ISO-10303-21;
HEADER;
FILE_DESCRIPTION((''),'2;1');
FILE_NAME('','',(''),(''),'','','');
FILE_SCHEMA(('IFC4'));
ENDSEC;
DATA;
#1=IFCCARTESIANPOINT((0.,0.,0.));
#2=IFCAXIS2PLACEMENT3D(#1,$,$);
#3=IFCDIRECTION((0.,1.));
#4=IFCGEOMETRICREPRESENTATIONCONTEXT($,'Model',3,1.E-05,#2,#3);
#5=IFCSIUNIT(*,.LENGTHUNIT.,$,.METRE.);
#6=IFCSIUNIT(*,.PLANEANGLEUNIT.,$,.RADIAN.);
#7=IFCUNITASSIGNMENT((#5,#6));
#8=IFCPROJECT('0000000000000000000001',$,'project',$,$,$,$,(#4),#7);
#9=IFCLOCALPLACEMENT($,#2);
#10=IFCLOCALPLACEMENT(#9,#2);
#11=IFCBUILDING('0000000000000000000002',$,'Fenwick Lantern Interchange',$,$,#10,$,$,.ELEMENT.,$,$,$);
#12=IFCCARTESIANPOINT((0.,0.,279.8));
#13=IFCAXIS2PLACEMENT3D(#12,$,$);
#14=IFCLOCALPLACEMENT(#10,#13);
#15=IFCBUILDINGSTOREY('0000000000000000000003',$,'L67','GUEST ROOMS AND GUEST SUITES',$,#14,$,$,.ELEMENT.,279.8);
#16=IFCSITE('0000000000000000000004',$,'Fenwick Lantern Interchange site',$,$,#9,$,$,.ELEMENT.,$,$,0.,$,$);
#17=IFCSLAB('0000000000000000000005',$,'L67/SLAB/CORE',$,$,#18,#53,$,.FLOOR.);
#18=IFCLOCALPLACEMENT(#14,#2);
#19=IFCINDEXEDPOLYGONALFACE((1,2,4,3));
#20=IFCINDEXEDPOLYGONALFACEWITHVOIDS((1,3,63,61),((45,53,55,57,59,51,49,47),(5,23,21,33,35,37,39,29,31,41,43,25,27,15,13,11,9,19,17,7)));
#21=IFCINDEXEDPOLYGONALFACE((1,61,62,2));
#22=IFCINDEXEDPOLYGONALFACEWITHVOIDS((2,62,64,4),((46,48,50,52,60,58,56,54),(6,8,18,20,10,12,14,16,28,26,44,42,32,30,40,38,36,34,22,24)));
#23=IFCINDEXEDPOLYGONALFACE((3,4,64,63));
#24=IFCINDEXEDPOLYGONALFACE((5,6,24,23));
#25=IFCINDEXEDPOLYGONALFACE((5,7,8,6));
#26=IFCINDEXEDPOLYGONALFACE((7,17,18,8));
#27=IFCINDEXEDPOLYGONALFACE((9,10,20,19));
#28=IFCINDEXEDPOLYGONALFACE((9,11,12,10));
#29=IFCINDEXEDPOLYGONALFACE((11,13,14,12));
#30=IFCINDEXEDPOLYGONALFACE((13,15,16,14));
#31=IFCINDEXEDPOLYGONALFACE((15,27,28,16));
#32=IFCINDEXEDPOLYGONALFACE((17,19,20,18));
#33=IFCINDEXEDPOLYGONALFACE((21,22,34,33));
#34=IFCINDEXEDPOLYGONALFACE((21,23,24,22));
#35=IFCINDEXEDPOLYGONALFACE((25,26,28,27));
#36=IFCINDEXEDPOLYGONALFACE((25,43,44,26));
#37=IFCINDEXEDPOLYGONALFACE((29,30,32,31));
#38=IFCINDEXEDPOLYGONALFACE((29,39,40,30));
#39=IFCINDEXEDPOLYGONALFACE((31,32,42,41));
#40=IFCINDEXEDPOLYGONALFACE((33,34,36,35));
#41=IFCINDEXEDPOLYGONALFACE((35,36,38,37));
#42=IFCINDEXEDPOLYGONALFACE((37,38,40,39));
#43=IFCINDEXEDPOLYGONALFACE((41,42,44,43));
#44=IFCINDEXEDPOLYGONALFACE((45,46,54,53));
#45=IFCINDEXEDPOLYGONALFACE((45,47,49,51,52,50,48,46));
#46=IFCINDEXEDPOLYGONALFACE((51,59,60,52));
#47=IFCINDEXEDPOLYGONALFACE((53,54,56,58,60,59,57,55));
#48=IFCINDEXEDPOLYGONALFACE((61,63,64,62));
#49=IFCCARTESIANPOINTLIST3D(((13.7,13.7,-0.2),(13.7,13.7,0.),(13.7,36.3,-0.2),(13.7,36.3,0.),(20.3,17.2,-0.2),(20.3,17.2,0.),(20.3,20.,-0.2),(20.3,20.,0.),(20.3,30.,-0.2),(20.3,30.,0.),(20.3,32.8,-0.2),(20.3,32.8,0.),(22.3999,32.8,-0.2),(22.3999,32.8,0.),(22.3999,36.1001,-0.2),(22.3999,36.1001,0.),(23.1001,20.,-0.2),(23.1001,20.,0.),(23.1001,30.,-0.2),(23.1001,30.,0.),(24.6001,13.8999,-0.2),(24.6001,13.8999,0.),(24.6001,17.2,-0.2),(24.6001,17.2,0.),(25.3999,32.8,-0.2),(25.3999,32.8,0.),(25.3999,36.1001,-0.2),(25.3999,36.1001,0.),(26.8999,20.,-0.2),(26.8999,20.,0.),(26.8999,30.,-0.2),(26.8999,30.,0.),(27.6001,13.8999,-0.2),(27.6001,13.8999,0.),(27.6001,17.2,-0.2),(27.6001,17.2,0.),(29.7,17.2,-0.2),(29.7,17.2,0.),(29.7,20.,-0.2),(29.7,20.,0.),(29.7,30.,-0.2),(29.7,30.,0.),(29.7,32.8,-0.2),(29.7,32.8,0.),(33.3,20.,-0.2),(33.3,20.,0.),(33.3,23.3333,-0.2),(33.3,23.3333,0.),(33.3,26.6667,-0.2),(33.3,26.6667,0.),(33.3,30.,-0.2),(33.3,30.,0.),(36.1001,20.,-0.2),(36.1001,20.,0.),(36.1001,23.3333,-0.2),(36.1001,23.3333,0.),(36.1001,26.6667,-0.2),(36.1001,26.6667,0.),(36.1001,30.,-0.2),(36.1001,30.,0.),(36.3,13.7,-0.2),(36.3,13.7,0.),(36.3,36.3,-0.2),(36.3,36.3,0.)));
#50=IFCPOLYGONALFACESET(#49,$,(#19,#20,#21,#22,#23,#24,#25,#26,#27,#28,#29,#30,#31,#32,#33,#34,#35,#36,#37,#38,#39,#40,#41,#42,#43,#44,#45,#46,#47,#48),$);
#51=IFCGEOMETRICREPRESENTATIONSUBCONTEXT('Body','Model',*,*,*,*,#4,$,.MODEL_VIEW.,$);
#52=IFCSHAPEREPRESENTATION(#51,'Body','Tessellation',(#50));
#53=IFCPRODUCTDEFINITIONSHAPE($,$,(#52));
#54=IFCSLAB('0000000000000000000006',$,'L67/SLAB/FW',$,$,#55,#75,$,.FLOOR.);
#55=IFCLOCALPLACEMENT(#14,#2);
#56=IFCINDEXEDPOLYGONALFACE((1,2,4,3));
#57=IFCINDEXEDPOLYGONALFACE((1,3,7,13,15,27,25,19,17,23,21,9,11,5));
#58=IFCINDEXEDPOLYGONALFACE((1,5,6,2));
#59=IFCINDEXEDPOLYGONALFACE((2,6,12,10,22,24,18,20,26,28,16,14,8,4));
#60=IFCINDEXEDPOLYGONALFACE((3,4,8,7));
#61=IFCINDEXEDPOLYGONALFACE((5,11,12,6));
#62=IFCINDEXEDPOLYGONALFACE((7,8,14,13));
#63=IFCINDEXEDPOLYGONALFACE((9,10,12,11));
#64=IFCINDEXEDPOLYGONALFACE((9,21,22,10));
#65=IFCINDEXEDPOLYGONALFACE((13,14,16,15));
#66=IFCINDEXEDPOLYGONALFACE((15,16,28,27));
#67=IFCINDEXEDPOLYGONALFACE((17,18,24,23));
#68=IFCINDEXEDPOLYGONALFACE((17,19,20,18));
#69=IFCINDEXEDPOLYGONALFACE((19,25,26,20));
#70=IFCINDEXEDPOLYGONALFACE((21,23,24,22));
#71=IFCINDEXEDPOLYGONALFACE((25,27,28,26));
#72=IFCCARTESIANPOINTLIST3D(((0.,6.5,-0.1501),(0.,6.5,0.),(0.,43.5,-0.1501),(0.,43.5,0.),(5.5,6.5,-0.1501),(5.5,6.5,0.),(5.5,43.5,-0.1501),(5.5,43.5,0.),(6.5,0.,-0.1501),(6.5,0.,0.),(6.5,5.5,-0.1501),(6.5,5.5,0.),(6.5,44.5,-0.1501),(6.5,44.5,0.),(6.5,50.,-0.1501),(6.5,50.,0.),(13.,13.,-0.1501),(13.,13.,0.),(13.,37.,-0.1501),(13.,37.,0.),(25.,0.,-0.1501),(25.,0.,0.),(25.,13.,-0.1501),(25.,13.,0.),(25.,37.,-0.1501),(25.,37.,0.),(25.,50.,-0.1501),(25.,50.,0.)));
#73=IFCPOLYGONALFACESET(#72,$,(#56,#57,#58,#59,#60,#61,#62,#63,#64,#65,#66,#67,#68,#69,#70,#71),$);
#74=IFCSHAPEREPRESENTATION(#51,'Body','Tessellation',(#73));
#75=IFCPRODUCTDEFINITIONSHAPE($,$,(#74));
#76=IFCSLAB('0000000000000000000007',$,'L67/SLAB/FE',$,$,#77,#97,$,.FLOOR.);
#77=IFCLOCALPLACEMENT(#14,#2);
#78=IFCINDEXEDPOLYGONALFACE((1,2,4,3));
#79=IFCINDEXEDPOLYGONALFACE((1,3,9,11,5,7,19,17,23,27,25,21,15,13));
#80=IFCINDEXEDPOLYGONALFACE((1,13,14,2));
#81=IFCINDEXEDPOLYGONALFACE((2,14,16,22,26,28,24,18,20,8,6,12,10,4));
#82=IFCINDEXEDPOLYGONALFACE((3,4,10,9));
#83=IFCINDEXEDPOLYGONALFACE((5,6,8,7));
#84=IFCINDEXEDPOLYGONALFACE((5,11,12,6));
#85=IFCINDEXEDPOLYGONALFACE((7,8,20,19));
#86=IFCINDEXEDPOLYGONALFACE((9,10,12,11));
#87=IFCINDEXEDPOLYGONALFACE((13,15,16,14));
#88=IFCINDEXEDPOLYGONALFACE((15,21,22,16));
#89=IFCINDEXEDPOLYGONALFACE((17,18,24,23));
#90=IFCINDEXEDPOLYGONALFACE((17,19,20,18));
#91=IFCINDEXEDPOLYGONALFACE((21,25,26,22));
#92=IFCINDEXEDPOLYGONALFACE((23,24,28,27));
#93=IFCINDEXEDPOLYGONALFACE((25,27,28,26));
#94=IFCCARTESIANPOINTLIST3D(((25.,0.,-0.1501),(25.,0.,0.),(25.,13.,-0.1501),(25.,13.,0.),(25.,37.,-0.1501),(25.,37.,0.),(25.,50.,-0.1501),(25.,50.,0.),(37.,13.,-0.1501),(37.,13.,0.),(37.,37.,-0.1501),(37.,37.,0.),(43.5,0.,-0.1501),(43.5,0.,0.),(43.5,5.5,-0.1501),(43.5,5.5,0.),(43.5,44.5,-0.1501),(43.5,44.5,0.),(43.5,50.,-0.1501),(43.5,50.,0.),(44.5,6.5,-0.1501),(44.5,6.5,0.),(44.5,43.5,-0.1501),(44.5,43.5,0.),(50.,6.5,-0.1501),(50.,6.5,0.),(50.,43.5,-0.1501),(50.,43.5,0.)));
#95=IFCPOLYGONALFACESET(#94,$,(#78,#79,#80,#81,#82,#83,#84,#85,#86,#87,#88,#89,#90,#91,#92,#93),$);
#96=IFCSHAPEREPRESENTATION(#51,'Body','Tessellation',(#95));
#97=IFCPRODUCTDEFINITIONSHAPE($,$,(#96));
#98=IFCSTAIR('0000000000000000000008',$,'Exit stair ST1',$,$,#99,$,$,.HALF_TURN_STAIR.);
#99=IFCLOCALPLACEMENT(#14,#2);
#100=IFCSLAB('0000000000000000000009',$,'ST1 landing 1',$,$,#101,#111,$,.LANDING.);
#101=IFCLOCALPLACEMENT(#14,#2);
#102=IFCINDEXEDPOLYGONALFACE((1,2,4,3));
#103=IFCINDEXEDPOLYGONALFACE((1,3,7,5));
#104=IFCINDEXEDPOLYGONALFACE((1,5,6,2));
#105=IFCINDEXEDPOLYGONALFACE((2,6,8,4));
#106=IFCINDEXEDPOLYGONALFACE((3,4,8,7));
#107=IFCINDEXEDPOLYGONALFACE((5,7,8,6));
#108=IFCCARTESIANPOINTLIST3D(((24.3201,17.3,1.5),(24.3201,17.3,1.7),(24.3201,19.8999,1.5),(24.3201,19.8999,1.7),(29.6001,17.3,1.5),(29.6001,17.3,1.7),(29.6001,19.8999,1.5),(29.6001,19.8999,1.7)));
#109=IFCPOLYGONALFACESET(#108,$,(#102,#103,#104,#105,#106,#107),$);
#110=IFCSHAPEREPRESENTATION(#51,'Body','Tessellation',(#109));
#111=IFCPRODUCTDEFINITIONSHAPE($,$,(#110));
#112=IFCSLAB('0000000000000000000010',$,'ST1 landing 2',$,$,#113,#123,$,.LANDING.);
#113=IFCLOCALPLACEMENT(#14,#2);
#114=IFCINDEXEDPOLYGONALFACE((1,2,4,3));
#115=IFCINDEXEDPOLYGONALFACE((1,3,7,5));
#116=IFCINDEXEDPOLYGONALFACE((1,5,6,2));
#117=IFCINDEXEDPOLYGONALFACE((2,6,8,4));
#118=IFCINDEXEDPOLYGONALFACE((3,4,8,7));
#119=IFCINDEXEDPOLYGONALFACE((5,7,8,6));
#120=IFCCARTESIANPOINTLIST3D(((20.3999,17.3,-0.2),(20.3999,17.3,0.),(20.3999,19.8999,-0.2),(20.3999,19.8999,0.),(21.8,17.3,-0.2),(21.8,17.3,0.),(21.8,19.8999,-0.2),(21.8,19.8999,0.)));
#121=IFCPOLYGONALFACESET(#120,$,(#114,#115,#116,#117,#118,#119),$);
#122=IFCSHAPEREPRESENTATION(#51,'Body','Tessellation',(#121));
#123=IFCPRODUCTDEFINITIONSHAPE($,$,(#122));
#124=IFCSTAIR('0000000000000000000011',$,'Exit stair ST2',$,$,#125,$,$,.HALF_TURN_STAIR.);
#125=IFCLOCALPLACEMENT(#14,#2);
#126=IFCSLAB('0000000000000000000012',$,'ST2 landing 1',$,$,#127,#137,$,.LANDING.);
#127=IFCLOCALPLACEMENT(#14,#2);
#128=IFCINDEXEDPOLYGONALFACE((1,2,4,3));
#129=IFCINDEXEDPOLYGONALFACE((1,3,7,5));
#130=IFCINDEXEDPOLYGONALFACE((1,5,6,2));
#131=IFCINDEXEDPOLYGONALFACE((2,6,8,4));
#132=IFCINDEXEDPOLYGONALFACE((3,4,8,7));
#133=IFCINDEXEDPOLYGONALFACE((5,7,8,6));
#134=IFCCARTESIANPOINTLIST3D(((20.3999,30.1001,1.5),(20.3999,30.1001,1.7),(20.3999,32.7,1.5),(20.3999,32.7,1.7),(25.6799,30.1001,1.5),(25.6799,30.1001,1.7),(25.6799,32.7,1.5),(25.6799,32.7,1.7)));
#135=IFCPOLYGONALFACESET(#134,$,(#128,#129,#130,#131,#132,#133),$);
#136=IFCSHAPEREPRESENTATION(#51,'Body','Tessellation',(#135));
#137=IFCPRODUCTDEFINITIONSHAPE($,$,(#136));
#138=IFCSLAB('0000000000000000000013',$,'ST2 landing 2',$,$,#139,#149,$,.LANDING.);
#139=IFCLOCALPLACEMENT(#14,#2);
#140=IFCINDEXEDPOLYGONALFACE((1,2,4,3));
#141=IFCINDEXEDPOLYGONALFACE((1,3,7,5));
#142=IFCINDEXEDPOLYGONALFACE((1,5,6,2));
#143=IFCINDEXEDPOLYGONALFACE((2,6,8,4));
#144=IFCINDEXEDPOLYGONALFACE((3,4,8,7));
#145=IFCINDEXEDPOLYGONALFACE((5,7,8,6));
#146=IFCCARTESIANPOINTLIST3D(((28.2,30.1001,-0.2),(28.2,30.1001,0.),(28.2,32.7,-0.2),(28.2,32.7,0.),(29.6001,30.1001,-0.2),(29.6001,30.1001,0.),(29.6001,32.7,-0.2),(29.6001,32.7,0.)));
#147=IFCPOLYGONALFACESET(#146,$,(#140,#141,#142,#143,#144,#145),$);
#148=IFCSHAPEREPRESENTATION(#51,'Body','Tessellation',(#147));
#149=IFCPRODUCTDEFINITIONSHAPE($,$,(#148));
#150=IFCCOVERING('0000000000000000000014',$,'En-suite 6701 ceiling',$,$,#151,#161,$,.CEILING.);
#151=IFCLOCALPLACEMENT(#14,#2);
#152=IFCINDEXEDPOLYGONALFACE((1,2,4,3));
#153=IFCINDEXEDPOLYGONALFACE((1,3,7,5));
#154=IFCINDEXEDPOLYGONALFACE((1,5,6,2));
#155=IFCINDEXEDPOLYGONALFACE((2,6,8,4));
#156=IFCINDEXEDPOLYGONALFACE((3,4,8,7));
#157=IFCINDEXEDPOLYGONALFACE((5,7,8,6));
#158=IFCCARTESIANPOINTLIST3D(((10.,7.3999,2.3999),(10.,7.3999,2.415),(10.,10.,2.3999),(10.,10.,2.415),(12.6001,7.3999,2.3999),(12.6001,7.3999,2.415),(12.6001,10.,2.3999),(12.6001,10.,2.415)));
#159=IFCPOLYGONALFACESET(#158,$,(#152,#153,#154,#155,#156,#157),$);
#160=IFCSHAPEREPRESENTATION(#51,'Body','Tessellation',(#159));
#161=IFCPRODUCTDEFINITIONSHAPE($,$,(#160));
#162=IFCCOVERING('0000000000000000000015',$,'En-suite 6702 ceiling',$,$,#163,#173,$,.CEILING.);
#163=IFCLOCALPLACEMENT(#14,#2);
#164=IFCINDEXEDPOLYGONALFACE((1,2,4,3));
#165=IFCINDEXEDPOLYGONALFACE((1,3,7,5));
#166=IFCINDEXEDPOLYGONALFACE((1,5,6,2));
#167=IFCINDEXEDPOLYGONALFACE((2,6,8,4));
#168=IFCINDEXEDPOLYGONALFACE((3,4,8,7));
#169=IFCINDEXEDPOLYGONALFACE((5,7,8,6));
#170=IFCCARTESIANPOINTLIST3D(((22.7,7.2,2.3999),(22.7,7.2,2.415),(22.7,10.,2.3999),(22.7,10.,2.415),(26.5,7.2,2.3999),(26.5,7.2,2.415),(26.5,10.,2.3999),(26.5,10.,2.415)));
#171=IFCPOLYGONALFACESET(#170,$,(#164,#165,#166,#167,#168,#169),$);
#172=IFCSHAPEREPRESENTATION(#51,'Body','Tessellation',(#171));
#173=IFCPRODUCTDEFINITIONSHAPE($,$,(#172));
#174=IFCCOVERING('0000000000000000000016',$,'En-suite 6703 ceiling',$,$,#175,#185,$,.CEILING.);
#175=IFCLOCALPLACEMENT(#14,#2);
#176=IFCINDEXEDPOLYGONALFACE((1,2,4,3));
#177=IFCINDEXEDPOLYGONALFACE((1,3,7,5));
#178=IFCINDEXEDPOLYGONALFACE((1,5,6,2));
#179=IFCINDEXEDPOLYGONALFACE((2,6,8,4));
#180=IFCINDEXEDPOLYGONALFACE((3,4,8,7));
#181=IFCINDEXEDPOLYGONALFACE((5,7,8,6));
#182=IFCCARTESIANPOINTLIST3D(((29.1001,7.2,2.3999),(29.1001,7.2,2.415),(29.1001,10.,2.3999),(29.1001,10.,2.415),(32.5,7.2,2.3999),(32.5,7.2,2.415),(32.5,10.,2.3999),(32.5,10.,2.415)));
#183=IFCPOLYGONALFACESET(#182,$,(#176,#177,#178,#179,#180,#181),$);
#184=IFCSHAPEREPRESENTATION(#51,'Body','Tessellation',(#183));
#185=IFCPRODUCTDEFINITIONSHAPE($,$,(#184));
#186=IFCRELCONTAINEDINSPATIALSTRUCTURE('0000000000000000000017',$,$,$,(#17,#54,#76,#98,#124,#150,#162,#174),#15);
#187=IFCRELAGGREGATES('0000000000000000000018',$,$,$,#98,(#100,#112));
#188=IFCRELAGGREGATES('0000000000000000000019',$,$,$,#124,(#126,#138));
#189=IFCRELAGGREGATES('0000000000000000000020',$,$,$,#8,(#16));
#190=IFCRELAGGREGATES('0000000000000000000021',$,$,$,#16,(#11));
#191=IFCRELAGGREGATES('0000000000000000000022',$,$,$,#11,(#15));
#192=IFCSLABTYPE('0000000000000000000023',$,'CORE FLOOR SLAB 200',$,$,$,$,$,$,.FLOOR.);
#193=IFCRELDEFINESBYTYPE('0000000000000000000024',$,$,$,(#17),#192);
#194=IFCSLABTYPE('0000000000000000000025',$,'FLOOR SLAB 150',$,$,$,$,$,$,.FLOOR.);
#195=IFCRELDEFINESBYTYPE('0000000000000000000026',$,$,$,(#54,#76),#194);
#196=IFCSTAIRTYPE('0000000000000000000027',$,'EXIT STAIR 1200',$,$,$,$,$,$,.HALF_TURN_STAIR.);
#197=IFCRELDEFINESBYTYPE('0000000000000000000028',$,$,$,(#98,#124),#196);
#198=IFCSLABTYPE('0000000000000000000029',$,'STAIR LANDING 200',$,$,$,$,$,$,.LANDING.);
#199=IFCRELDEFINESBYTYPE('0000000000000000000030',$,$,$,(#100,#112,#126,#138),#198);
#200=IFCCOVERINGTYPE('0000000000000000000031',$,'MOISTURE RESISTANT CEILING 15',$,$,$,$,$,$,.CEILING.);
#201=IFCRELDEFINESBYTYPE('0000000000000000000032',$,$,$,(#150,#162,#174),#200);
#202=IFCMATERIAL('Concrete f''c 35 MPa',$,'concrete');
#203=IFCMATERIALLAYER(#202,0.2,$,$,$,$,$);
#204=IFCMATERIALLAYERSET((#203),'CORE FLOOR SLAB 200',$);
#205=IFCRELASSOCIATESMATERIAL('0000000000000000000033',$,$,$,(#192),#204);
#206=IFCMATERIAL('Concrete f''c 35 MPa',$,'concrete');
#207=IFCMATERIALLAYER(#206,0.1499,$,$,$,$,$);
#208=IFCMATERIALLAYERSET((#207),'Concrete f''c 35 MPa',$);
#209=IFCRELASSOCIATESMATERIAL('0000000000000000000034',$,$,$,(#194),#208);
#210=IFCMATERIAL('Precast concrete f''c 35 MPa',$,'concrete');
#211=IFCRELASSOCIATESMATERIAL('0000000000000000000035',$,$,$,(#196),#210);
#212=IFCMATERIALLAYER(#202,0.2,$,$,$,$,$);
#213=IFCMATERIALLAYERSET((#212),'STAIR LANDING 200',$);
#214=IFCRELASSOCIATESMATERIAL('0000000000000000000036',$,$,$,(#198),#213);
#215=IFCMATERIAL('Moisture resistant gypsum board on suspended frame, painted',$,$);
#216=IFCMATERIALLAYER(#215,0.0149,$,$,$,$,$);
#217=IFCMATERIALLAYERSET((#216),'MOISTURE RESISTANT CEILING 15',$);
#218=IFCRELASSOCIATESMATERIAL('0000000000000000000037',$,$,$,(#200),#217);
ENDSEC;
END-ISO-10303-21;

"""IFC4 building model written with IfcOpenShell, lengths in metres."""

from ifc_helpers import new_model, si_unit, direction, frame, origin, place, context, subcontext, project, spatial, polyline, outline, extrude, material, layer, layer_set, type_object, element, aggregate, save


model = new_model("IFC4")

# Units and contexts
model_context = context("Model", 3, precision=1e-05, world=origin(), true_north=direction((0.0, 1.0)))
body_context = subcontext(model_context, "Body", "Model", "MODEL_VIEW")
ifc_project = project(units=[si_unit("LENGTHUNIT", "METRE"), si_unit("PLANEANGLEUNIT", "RADIAN")], contexts=[model_context])

# Site, building, storey
site_placement = place(None, origin())
site = spatial("IfcSite", under=ifc_project, at=site_placement, Name="Fenwick Lantern Interchange site", CompositionType="ELEMENT", RefElevation=0.0)
building_placement = place(site_placement, origin())
building = spatial("IfcBuilding", under=site, at=building_placement, Name="Fenwick Lantern Interchange", CompositionType="ELEMENT")
storey_placement = place(building_placement, frame((0.0, 0.0, 279.8)))
storey = spatial("IfcBuildingStorey", under=building, at=storey_placement, Name="L67", Description="GUEST ROOMS AND GUEST SUITES", CompositionType="ELEMENT", Elevation=279.8)

# Slabs
ifc_material_1 = material(Name="Concrete f'c 35 MPa", Category="concrete")
ifc_layer_1 = layer(ifc_material_1, 0.2)
ifc_layer_set_1 = layer_set([ifc_layer_1], Name="CORE FLOOR SLAB 200")
slab_type_1 = type_object("IfcSlabType", Name="CORE FLOOR SLAB 200", PredefinedType="FLOOR", material=ifc_layer_set_1)
slab_1_placement = place(storey_placement, frame((0.0, 0.0, -0.2)))
element("IfcSlab", 1, at=slab_1_placement, inside=storey, type_object=slab_type_1, Name="L67/SLAB/CORE", PredefinedType="FLOOR", context=body_context, shape_type="SweptSolid", body=[
    extrude(outline(polyline([(13.7, 36.3), (36.3, 36.3), (36.3, 13.7), (13.7, 13.7), (13.7, 36.3)]), holes=[polyline([(24.6001, 13.8999), (27.6001, 13.8999), (27.6001, 17.2), (29.7, 17.2), (29.7, 20.0), (26.8999, 20.0), (26.8999, 30.0), (29.7, 30.0), (29.7, 32.8), (25.3999, 32.8), (25.3999, 36.1001), (22.3999, 36.1001), (22.3999, 32.8), (20.3, 32.8), (20.3, 30.0), (23.1001, 30.0), (23.1001, 20.0), (20.3, 20.0), (20.3, 17.2), (24.6001, 17.2), (24.6001, 13.8999)]), polyline([(33.3, 20.0), (36.1001, 20.0), (36.1001, 23.3333), (36.1001, 26.6667), (36.1001, 30.0), (33.3, 30.0), (33.3, 26.6667), (33.3, 23.3333), (33.3, 20.0)])]), origin(), (0.0, 0.0, 1.0), 0.2),
])
ifc_material_2 = material(Name="Concrete f'c 35 MPa", Category="concrete")
ifc_layer_2 = layer(ifc_material_2, 0.1499)
ifc_layer_set_2 = layer_set([ifc_layer_2], Name="Concrete f'c 35 MPa")
slab_type_2 = type_object("IfcSlabType", Name="FLOOR SLAB 150", PredefinedType="FLOOR", material=ifc_layer_set_2)
slab_2_placement = place(storey_placement, frame((0.0, 0.0, -0.1501)))
element("IfcSlab", 2, at=slab_2_placement, inside=storey, type_object=slab_type_2, Name="L67/SLAB/FW", PredefinedType="FLOOR", context=body_context, shape_type="SweptSolid", body=[
    extrude(outline(polyline([(6.5, 0.0), (6.5, 5.5), (5.5, 6.5), (0.0, 6.5), (0.0, 43.5), (5.5, 43.5), (6.5, 44.5), (6.5, 50.0), (25.0, 50.0), (25.0, 37.0), (13.0, 37.0), (13.0, 13.0), (25.0, 13.0), (25.0, 0.0), (6.5, 0.0)])), origin(), (0.0, 0.0, 1.0), 0.1501),
])
slab_3_placement = place(storey_placement, frame((0.0, 0.0, -0.1501)))
element("IfcSlab", 3, at=slab_3_placement, inside=storey, type_object=slab_type_2, Name="L67/SLAB/FE", PredefinedType="FLOOR", context=body_context, shape_type="SweptSolid", body=[
    extrude(outline(polyline([(43.5, 50.0), (43.5, 44.5), (44.5, 43.5), (50.0, 43.5), (50.0, 6.5), (44.5, 6.5), (43.5, 5.5), (43.5, 0.0), (25.0, 0.0), (25.0, 13.0), (37.0, 13.0), (37.0, 37.0), (25.0, 37.0), (25.0, 50.0), (43.5, 50.0)])), origin(), (0.0, 0.0, 1.0), 0.1501),
])

# Stairs, slabs
ifc_material_3 = material(Name="Precast concrete f'c 35 MPa", Category="concrete")
stair_type = type_object("IfcStairType", Name="EXIT STAIR 1200", PredefinedType="HALF_TURN_STAIR", material=ifc_material_3)
stair_1_placement = place(storey_placement, origin())
stair_1 = element("IfcStair", 4, at=stair_1_placement, inside=storey, type_object=stair_type, Name="Exit stair ST1", PredefinedType="HALF_TURN_STAIR")
ifc_layer_3 = layer(ifc_material_1, 0.2)
ifc_layer_set_3 = layer_set([ifc_layer_3], Name="STAIR LANDING 200")
slab_type_3 = type_object("IfcSlabType", Name="STAIR LANDING 200", PredefinedType="LANDING", material=ifc_layer_set_3)
slab_4_placement = place(storey_placement, frame((0.0, 0.0, 1.5)))
slab_4 = element("IfcSlab", 5, at=slab_4_placement, type_object=slab_type_3, Name="ST1 landing 1", PredefinedType="LANDING", context=body_context, shape_type="SweptSolid", body=[
    extrude(outline(polyline([(24.3201, 17.3), (29.6001, 17.3), (29.6001, 19.8999), (24.3201, 19.8999), (24.3201, 17.3)])), origin(), (0.0, 0.0, 1.0), 0.2),
])
slab_5_placement = place(storey_placement, frame((0.0, 0.0, -0.2)))
slab_5 = element("IfcSlab", 6, at=slab_5_placement, type_object=slab_type_3, Name="ST1 landing 2", PredefinedType="LANDING", context=body_context, shape_type="SweptSolid", body=[
    extrude(outline(polyline([(20.3999, 17.3), (21.8, 17.3), (21.8, 19.8999), (20.3999, 19.8999), (20.3999, 17.3)])), origin(), (0.0, 0.0, 1.0), 0.2),
])
aggregate(stair_1, [slab_4, slab_5])
stair_2_placement = place(storey_placement, origin())
stair_2 = element("IfcStair", 7, at=stair_2_placement, inside=storey, type_object=stair_type, Name="Exit stair ST2", PredefinedType="HALF_TURN_STAIR")
slab_6_placement = place(storey_placement, frame((0.0, 0.0, 1.5)))
slab_6 = element("IfcSlab", 8, at=slab_6_placement, type_object=slab_type_3, Name="ST2 landing 1", PredefinedType="LANDING", context=body_context, shape_type="SweptSolid", body=[
    extrude(outline(polyline([(25.6799, 32.7), (20.3999, 32.7), (20.3999, 30.1001), (25.6799, 30.1001), (25.6799, 32.7)])), origin(), (0.0, 0.0, 1.0), 0.2),
])
slab_7_placement = place(storey_placement, frame((0.0, 0.0, -0.2)))
slab_7 = element("IfcSlab", 9, at=slab_7_placement, type_object=slab_type_3, Name="ST2 landing 2", PredefinedType="LANDING", context=body_context, shape_type="SweptSolid", body=[
    extrude(outline(polyline([(29.6001, 32.7), (28.2, 32.7), (28.2, 30.1001), (29.6001, 30.1001), (29.6001, 32.7)])), origin(), (0.0, 0.0, 1.0), 0.2),
])
aggregate(stair_2, [slab_6, slab_7])

# Coverings
ifc_material_4 = material(Name="Moisture resistant gypsum board on suspended frame, painted")
ifc_layer_4 = layer(ifc_material_4, 0.0149)
ifc_layer_set_4 = layer_set([ifc_layer_4], Name="MOISTURE RESISTANT CEILING 15")
covering_type_1 = type_object("IfcCoveringType", Name="MOISTURE RESISTANT CEILING 15", PredefinedType="CEILING", material=ifc_layer_set_4)
covering_1_placement = place(storey_placement, frame((0.0, 0.0, 2.3999)))
element("IfcCovering", 10, at=covering_1_placement, inside=storey, type_object=covering_type_1, Name="En-suite 6701 ceiling", PredefinedType="CEILING", context=body_context, shape_type="SweptSolid", body=[
    extrude(outline(polyline([(10.0, 7.3999), (12.6001, 7.3999), (12.6001, 10.0), (10.0, 10.0), (10.0, 7.3999)])), origin(), (0.0, 0.0, 1.0), 0.0151),
])
covering_2_placement = place(storey_placement, frame((0.0, 0.0, 2.3999)))
element("IfcCovering", 11, at=covering_2_placement, inside=storey, type_object=covering_type_1, Name="En-suite 6702 ceiling", PredefinedType="CEILING", context=body_context, shape_type="SweptSolid", body=[
    extrude(outline(polyline([(22.7, 7.2), (26.5, 7.2), (26.5, 10.0), (22.7, 10.0), (22.7, 7.2)])), origin(), (0.0, 0.0, 1.0), 0.0151),
])
covering_3_placement = place(storey_placement, frame((0.0, 0.0, 2.3999)))
element("IfcCovering", 12, at=covering_3_placement, inside=storey, type_object=covering_type_1, Name="En-suite 6703 ceiling", PredefinedType="CEILING", context=body_context, shape_type="SweptSolid", body=[
    extrude(outline(polyline([(29.1001, 7.2), (32.5, 7.2), (32.5, 10.0), (29.1001, 10.0), (29.1001, 7.2)])), origin(), (0.0, 0.0, 1.0), 0.0151),
])

save(model, "model.ifc")
